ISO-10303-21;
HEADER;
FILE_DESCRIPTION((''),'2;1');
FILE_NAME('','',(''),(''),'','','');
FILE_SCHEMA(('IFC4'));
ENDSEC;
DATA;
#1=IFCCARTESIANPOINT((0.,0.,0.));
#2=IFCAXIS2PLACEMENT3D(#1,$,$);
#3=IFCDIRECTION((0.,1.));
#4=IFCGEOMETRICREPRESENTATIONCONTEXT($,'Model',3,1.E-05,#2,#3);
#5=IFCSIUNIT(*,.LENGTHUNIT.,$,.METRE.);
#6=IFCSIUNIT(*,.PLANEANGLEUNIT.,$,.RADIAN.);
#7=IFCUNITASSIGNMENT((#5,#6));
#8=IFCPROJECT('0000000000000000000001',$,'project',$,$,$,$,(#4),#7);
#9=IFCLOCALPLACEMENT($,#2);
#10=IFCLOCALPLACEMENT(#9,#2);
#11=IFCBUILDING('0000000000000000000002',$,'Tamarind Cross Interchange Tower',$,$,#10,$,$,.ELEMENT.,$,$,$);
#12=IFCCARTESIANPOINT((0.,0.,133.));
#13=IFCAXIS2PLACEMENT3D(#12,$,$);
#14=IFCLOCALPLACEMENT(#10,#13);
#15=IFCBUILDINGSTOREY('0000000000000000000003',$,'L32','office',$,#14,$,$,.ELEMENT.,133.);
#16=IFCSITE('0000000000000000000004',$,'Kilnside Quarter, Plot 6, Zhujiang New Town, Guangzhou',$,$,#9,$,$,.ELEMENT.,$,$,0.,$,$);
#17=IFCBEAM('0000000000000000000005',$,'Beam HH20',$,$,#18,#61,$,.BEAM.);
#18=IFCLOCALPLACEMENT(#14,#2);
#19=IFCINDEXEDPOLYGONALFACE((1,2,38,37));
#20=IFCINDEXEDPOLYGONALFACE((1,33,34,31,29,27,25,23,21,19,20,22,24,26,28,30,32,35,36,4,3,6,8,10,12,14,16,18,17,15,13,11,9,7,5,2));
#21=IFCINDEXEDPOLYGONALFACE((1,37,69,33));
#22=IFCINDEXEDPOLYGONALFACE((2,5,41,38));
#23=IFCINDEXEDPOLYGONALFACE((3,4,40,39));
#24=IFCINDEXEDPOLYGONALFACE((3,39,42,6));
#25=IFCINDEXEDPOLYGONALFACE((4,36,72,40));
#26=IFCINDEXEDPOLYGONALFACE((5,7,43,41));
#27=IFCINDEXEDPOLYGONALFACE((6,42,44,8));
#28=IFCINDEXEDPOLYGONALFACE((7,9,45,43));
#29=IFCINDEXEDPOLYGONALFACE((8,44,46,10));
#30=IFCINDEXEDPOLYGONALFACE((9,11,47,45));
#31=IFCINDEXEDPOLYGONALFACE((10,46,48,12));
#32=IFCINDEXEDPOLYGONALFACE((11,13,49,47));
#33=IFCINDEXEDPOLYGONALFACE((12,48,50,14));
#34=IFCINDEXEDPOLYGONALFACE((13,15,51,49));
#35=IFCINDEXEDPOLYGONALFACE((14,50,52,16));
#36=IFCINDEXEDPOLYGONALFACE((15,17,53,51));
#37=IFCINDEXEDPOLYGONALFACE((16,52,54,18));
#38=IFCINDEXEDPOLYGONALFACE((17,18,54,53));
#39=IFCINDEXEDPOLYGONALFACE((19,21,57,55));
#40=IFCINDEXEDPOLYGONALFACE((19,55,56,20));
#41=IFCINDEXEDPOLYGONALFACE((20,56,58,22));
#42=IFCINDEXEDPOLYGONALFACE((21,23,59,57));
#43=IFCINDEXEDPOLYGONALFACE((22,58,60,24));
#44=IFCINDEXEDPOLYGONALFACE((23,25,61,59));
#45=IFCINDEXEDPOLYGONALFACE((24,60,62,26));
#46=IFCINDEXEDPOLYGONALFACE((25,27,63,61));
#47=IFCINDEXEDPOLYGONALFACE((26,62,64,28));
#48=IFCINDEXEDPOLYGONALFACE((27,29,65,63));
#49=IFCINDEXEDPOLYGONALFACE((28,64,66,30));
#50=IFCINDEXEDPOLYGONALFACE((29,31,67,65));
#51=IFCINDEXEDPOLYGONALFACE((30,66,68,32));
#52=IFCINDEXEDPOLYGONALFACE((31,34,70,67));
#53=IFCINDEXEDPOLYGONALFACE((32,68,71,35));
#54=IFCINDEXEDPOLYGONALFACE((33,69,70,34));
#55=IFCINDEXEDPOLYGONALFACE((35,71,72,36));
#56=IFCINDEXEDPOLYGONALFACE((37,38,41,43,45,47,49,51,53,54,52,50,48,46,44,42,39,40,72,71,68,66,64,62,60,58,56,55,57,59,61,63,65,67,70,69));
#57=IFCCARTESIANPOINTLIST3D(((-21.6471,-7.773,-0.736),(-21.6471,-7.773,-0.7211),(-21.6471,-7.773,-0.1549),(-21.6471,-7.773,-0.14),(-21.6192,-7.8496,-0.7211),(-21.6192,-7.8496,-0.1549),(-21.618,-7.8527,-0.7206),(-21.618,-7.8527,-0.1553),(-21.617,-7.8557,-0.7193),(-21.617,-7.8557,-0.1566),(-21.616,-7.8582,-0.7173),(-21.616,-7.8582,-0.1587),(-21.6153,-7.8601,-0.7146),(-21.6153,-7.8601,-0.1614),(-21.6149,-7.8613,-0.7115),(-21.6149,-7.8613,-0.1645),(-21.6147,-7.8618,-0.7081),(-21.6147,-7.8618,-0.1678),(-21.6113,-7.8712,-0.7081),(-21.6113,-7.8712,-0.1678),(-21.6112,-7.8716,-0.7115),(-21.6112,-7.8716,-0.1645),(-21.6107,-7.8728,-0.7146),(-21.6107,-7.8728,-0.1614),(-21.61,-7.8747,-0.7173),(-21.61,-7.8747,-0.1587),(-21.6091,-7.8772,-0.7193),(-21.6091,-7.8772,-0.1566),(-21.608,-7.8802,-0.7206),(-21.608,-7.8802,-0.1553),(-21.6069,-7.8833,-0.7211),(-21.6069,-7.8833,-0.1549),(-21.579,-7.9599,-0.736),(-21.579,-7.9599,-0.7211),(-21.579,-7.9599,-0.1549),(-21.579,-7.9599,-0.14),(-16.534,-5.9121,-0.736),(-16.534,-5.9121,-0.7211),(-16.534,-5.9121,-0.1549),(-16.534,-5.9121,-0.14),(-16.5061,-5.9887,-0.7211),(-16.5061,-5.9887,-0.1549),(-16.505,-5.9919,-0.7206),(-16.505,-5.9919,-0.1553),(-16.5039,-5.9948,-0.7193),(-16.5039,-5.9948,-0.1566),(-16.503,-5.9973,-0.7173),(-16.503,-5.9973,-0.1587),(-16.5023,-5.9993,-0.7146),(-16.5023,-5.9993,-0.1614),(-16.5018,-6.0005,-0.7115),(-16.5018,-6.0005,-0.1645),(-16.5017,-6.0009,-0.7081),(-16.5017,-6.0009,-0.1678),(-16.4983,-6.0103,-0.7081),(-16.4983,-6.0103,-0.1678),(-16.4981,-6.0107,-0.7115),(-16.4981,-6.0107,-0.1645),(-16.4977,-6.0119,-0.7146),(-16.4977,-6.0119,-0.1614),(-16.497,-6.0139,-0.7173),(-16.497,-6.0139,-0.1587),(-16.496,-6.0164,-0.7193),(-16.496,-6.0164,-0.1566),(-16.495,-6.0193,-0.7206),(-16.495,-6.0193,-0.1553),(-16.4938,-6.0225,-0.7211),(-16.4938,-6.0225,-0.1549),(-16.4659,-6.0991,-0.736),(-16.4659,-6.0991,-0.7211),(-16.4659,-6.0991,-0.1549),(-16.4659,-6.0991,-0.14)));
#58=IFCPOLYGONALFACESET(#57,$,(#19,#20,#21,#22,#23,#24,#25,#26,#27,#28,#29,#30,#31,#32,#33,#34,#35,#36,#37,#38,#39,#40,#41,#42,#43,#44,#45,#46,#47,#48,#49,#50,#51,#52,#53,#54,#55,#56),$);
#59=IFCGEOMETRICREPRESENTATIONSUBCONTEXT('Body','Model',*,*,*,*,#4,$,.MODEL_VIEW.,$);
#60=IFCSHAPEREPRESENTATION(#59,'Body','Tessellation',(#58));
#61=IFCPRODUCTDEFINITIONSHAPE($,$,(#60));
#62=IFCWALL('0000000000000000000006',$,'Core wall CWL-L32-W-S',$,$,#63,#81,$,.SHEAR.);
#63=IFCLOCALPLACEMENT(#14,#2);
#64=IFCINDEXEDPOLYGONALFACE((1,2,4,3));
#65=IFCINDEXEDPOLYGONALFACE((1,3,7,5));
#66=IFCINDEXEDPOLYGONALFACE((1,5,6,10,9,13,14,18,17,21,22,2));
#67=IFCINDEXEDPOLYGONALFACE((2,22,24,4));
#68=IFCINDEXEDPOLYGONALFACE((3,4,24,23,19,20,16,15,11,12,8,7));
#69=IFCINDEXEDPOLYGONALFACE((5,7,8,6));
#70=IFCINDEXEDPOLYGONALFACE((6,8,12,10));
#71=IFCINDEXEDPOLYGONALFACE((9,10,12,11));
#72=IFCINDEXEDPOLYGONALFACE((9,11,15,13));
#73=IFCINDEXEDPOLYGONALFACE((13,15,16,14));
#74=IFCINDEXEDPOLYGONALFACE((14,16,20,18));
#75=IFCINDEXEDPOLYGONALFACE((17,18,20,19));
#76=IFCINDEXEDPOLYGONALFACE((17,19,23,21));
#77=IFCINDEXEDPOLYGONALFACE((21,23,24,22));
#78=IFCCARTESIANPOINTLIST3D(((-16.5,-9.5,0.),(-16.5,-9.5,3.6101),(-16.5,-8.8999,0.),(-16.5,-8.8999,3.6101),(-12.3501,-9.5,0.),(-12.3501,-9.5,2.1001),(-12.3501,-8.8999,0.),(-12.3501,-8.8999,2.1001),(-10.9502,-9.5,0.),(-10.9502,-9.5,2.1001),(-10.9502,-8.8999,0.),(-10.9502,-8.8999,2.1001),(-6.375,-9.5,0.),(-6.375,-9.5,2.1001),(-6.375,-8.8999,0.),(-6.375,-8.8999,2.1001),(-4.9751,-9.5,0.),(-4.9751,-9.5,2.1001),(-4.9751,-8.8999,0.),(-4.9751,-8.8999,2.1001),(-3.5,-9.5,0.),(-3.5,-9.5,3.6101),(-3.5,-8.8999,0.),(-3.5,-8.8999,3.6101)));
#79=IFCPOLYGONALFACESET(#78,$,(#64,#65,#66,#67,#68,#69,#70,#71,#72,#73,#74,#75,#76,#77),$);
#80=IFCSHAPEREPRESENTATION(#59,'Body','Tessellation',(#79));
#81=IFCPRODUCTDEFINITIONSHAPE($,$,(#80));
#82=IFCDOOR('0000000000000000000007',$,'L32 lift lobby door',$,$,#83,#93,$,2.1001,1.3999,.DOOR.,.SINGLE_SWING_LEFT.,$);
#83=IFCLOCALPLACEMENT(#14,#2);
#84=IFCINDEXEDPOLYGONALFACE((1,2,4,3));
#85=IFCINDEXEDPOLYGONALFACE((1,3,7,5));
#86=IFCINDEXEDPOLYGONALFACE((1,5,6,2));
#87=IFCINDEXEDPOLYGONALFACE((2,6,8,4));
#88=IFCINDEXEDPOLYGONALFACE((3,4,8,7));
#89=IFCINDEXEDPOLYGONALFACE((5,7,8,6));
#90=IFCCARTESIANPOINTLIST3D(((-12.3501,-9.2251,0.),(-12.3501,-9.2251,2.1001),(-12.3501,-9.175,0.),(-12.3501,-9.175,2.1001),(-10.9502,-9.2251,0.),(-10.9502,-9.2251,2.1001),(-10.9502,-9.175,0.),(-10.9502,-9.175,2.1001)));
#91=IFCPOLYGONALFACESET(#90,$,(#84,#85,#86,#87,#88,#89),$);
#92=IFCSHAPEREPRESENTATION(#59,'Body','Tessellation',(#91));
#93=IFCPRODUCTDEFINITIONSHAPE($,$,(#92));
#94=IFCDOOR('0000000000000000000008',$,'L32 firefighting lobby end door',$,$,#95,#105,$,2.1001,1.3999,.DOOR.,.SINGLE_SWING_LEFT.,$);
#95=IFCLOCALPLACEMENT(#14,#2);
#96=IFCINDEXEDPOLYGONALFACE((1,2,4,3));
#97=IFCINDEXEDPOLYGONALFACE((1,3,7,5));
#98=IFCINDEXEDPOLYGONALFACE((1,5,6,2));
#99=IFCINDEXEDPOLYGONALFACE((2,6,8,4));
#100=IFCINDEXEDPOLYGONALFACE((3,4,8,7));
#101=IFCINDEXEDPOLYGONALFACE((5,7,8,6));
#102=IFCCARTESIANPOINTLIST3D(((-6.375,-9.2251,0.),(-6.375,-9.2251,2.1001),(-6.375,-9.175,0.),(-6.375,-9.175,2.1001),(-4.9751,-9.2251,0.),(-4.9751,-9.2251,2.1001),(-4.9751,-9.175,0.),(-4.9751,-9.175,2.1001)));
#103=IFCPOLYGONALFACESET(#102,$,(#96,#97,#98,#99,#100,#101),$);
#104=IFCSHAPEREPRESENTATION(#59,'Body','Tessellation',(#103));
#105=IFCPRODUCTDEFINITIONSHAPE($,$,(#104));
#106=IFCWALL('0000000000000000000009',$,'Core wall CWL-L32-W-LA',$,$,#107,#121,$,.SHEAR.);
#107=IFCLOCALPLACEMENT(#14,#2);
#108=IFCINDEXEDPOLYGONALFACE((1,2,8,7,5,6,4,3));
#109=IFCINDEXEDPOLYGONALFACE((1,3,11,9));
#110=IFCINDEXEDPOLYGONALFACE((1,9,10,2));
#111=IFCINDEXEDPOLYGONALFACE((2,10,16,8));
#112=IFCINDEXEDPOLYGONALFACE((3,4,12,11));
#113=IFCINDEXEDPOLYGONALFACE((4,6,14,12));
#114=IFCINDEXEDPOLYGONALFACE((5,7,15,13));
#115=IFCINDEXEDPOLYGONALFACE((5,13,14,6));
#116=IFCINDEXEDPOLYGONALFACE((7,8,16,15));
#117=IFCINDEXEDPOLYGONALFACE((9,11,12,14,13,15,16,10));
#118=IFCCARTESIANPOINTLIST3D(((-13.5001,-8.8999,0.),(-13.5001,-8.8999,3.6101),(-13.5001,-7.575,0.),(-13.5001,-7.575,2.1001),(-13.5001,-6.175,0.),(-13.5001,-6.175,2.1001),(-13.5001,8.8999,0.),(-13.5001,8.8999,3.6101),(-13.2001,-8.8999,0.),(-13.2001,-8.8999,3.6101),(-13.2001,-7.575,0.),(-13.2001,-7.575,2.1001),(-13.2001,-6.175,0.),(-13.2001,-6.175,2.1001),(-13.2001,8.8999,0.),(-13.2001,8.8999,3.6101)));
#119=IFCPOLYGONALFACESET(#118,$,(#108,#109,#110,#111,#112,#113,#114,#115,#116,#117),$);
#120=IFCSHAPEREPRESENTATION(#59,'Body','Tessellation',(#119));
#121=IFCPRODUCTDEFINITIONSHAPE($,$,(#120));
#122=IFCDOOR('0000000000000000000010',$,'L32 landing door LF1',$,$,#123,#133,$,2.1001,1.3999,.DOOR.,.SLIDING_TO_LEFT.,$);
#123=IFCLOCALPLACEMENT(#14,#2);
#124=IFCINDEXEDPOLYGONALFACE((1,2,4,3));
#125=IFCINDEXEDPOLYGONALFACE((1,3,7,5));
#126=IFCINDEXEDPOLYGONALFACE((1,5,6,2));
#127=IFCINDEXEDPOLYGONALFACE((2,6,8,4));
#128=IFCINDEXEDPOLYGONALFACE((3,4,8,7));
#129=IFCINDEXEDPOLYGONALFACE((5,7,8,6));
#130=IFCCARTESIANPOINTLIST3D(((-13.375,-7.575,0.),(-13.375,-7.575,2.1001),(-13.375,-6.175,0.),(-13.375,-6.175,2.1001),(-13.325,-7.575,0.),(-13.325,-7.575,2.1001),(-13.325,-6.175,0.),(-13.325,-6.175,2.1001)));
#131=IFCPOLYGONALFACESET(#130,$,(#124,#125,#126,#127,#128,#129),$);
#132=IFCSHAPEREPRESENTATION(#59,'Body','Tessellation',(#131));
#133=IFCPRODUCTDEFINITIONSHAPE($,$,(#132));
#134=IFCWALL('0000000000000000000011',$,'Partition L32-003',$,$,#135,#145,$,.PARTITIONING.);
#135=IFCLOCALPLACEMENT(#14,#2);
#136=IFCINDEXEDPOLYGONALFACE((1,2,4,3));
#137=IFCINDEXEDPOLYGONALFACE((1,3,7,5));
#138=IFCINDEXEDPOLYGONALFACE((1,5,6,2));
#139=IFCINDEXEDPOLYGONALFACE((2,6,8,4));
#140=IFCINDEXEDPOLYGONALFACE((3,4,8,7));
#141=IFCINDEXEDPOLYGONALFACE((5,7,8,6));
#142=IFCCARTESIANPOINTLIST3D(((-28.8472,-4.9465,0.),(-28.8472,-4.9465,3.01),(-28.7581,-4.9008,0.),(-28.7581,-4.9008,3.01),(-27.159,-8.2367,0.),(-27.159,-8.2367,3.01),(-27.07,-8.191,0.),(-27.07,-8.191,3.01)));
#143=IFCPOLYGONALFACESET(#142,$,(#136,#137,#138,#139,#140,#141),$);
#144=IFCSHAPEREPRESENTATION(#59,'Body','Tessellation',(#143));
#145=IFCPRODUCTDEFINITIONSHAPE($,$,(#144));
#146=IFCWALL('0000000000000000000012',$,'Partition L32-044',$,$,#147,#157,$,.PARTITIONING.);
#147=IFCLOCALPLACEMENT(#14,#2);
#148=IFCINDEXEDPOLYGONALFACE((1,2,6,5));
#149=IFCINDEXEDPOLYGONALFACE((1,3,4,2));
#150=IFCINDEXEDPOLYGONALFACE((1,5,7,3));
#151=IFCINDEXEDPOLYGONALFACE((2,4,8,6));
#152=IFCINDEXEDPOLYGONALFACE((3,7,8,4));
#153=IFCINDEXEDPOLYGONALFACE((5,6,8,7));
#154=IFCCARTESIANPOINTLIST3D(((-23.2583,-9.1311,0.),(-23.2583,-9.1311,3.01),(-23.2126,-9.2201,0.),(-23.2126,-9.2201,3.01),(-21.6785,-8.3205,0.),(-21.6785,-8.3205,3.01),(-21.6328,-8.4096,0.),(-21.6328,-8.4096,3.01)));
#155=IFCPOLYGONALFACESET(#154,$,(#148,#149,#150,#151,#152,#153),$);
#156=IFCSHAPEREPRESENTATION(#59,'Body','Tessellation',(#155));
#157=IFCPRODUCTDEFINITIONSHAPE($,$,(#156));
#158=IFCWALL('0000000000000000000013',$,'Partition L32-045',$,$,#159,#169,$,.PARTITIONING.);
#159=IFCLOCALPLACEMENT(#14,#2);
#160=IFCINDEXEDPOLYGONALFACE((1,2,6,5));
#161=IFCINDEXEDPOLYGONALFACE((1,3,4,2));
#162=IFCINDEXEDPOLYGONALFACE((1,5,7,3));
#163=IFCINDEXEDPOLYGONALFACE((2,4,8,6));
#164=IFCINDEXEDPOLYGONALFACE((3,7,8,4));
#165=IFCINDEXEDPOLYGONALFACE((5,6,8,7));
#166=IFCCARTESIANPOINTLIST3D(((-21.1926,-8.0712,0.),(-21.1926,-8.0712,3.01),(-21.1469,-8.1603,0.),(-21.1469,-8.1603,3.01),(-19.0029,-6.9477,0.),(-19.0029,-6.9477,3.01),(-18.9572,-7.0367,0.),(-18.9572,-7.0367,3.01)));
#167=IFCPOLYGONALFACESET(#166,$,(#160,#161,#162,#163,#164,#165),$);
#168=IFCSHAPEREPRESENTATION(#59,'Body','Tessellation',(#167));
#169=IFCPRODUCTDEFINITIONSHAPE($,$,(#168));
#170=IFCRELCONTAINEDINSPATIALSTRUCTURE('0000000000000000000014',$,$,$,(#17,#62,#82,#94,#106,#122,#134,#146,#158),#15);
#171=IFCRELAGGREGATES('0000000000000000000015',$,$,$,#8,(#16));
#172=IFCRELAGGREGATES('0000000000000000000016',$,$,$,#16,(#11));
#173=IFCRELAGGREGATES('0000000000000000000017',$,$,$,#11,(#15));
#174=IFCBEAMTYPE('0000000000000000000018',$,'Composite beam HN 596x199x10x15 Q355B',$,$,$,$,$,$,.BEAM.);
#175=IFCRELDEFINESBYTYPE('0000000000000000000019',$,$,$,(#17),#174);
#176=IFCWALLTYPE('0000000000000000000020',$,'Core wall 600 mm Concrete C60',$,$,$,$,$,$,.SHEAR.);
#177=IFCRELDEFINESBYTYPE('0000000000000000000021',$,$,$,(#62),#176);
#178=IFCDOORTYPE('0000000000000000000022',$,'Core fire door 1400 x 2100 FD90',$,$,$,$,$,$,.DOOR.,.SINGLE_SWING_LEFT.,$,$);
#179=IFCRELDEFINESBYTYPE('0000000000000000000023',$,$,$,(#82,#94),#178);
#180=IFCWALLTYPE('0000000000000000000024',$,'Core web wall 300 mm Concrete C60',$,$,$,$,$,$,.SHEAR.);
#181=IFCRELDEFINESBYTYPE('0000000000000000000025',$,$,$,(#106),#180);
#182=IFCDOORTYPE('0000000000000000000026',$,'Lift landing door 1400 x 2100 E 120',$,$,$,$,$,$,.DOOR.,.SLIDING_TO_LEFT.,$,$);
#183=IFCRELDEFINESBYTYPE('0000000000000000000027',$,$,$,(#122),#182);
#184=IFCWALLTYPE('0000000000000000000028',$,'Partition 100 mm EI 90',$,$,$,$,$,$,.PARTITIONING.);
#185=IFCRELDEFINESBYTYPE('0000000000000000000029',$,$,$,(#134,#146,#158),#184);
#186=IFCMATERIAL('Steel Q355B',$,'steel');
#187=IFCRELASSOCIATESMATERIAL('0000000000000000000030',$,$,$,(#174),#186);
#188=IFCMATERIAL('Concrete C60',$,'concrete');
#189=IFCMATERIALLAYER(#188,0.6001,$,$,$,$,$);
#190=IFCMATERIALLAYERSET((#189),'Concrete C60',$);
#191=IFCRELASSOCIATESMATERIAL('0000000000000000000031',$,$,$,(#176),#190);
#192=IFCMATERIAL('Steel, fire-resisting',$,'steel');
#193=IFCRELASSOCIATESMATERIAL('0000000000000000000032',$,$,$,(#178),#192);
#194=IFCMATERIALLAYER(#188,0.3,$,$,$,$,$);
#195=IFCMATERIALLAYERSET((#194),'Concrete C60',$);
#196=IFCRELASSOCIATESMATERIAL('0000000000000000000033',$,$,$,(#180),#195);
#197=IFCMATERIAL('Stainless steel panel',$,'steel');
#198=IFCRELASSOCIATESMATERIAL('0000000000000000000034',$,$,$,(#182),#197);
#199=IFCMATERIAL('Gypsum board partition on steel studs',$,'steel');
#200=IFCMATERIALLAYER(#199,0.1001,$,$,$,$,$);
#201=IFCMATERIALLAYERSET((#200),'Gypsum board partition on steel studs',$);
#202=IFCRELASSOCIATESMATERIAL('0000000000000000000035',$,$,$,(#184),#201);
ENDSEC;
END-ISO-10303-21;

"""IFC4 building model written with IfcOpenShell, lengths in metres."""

from ifc_helpers import new_model, si_unit, direction, frame, frame_2d, origin, origin_2d, place, context, subcontext, project, spatial, rectangle, i_section, extrude, material, layer, layer_set, material_profile, profile_set, type_object, element, fill, save


model = new_model("IFC4")

# Units and contexts
model_context = context("Model", 3, precision=1e-05, world=origin(), true_north=direction((0.0, 1.0)))
body_context = subcontext(model_context, "Body", "Model", "MODEL_VIEW")
ifc_project = project(units=[si_unit("LENGTHUNIT", "METRE"), si_unit("PLANEANGLEUNIT", "RADIAN")], contexts=[model_context])

# Site, building, storey
site_placement = place(None, origin())
site = spatial("IfcSite", under=ifc_project, at=site_placement, Name="Kilnside Quarter, Plot 6, Zhujiang New Town, Guangzhou", CompositionType="ELEMENT", RefElevation=0.0)
building_placement = place(site_placement, origin())
building = spatial("IfcBuilding", under=site, at=building_placement, Name="Tamarind Cross Interchange Tower", CompositionType="ELEMENT")
storey_placement = place(building_placement, frame((0.0, 0.0, 133.0)))
storey = spatial("IfcBuildingStorey", under=building, at=storey_placement, Name="L32", Description="office", CompositionType="ELEMENT", Elevation=133.0)

# Shared definitions
ifc_material_1 = material(Name="Concrete C60", Category="concrete")

# Beam
ifc_material_2 = material(Name="Steel Q355B", Category="steel")
ifc_material_profile_1 = material_profile(ifc_material_2, i_section(OverallWidth=0.199, OverallDepth=0.5959, WebThickness=0.01, FlangeThickness=0.0149, FilletRadius=0.0129, at=origin_2d()), Name="HN 596x199x10x15")
ifc_profile_set_1 = profile_set([ifc_material_profile_1], Name="Steel Q355B")
beam_type_1 = type_object("IfcBeamType", Name="Composite beam HN 596x199x10x15 Q355B", PredefinedType="BEAM", material=ifc_profile_set_1)
beam_1_placement = place(storey_placement, frame((-21.613, -7.8665, -0.438), z_axis=(0.939702, 0.341995, 0.0), x_axis=(-0.341995, 0.939702, 0.0)))
element("IfcBeam", 1, at=beam_1_placement, inside=storey, type_object=beam_type_1, Name="Beam HH20", PredefinedType="BEAM", context=body_context, shape_type="SweptSolid", body=[
    extrude(i_section(OverallWidth=0.199, OverallDepth=0.5959, WebThickness=0.01, FlangeThickness=0.0149, FilletRadius=0.0129, at=origin_2d()), origin(), (0.0, 0.0, 1.0), 5.4412),
])

# Wall, openings, doors
ifc_layer_1 = layer(ifc_material_1, 0.6001)
ifc_layer_set_1 = layer_set([ifc_layer_1], Name="Concrete C60")
wall_type_1 = type_object("IfcWallType", Name="Core wall 600 mm Concrete C60", PredefinedType="SHEAR", material=ifc_layer_set_1)
wall_1_placement = place(storey_placement, frame((-16.5, -9.2, 0.0), z_axis=(0.0, 0.0, 1.0), x_axis=(1.0, 0.0, 0.0)))
wall_1 = element("IfcWall", 2, at=wall_1_placement, inside=storey, type_object=wall_type_1, Name="Core wall CWL-L32-W-S", PredefinedType="SHEAR", context=body_context, shape_type="SweptSolid", body=[
    extrude(rectangle(XDim=13.0, YDim=0.6001, at=frame_2d((6.5, 0.0))), origin(), (0.0, 0.0, 1.0), 3.6101),
])
opening_1_placement = place(wall_1_placement, frame((4.1499, 0.0, 0.0)))
opening_1 = element("IfcOpeningElement", 3, at=opening_1_placement, cuts=wall_1, PredefinedType="OPENING", context=body_context, shape_type="SweptSolid", body=[
    extrude(rectangle(XDim=1.3999, YDim=2.1001, at=frame_2d((0.7, 1.05))), frame((0.0, 0.3101, 0.0), z_axis=(0.0, -1.0, 0.0), x_axis=(1.0, 0.0, 0.0)), (0.0, 0.0, 1.0), 0.6201),
])
opening_2_placement = place(wall_1_placement, frame((10.125, 0.0, 0.0)))
opening_2 = element("IfcOpeningElement", 4, at=opening_2_placement, cuts=wall_1, PredefinedType="OPENING", context=body_context, shape_type="SweptSolid", body=[
    extrude(rectangle(XDim=1.3999, YDim=2.1001, at=frame_2d((0.7, 1.05))), frame((0.0, 0.3101, 0.0), z_axis=(0.0, -1.0, 0.0), x_axis=(1.0, 0.0, 0.0)), (0.0, 0.0, 1.0), 0.6201),
])
ifc_material_3 = material(Name="Steel, fire-resisting", Category="steel")
door_type_1 = type_object("IfcDoorType", Name="Core fire door 1400 x 2100 FD90", OperationType="SINGLE_SWING_LEFT", PredefinedType="DOOR", material=ifc_material_3)
door_1_placement = place(opening_1_placement, origin())
door_1 = element("IfcDoor", 5, at=door_1_placement, inside=storey, type_object=door_type_1, Name="L32 lift lobby door", OperationType="SINGLE_SWING_LEFT", OverallHeight=2.1001, OverallWidth=1.3999, PredefinedType="DOOR", context=body_context, shape_type="SweptSolid", body=[
    extrude(rectangle(XDim=1.3999, YDim=2.1001, at=frame_2d((0.7, 1.05))), frame((0.0, 0.0249, 0.0), z_axis=(0.0, -1.0, 0.0), x_axis=(1.0, 0.0, 0.0)), (0.0, 0.0, 1.0), 0.05),
])
fill(opening_1, door_1)
door_2_placement = place(opening_2_placement, origin())
door_2 = element("IfcDoor", 6, at=door_2_placement, inside=storey, type_object=door_type_1, Name="L32 firefighting lobby end door", OperationType="SINGLE_SWING_LEFT", OverallHeight=2.1001, OverallWidth=1.3999, PredefinedType="DOOR", context=body_context, shape_type="SweptSolid", body=[
    extrude(rectangle(XDim=1.3999, YDim=2.1001, at=frame_2d((0.7, 1.05))), frame((0.0, 0.0249, 0.0), z_axis=(0.0, -1.0, 0.0), x_axis=(1.0, 0.0, 0.0)), (0.0, 0.0, 1.0), 0.05),
])
fill(opening_2, door_2)

# Wall, opening, door
ifc_layer_2 = layer(ifc_material_1, 0.3)
ifc_layer_set_2 = layer_set([ifc_layer_2], Name="Concrete C60")
wall_type_2 = type_object("IfcWallType", Name="Core web wall 300 mm Concrete C60", PredefinedType="SHEAR", material=ifc_layer_set_2)
wall_2_placement = place(storey_placement, frame((-13.3501, -8.8999, 0.0), z_axis=(0.0, 0.0, 1.0), x_axis=(0.0, 1.0, 0.0)))
wall_2 = element("IfcWall", 7, at=wall_2_placement, inside=storey, type_object=wall_type_2, Name="Core wall CWL-L32-W-LA", PredefinedType="SHEAR", context=body_context, shape_type="SweptSolid", body=[
    extrude(rectangle(XDim=17.7998, YDim=0.3, at=frame_2d((8.8999, 0.0))), origin(), (0.0, 0.0, 1.0), 3.6101),
])
opening_3_placement = place(wall_2_placement, frame((1.325, 0.0, 0.0)))
opening_3 = element("IfcOpeningElement", 8, at=opening_3_placement, cuts=wall_2, PredefinedType="OPENING", context=body_context, shape_type="SweptSolid", body=[
    extrude(rectangle(XDim=1.3999, YDim=2.1001, at=frame_2d((0.7, 1.05))), frame((0.0, 0.1599, 0.0), z_axis=(0.0, -1.0, 0.0), x_axis=(1.0, 0.0, 0.0)), (0.0, 0.0, 1.0), 0.3201),
])
ifc_material_4 = material(Name="Stainless steel panel", Category="steel")
door_type_2 = type_object("IfcDoorType", Name="Lift landing door 1400 x 2100 E 120", OperationType="SLIDING_TO_LEFT", PredefinedType="DOOR", material=ifc_material_4)
door_3_placement = place(opening_3_placement, origin())
door_3 = element("IfcDoor", 9, at=door_3_placement, inside=storey, type_object=door_type_2, Name="L32 landing door LF1", OperationType="SLIDING_TO_LEFT", OverallHeight=2.1001, OverallWidth=1.3999, PredefinedType="DOOR", context=body_context, shape_type="SweptSolid", body=[
    extrude(rectangle(XDim=1.3999, YDim=2.1001, at=frame_2d((0.7, 1.05))), frame((0.0, 0.0249, 0.0), z_axis=(0.0, -1.0, 0.0), x_axis=(1.0, 0.0, 0.0)), (0.0, 0.0, 1.0), 0.05),
])
fill(opening_3, door_3)

# Walls
ifc_material_5 = material(Name="Gypsum board partition on steel studs", Category="steel")
ifc_layer_3 = layer(ifc_material_5, 0.1001)
ifc_layer_set_3 = layer_set([ifc_layer_3], Name="Gypsum board partition on steel studs")
wall_type_3 = type_object("IfcWallType", Name="Partition 100 mm EI 90", PredefinedType="PARTITIONING", material=ifc_layer_set_3)
wall_3_placement = place(storey_placement, frame((-28.8027, -4.9236, 0.0), z_axis=(0.0, 0.0, 1.0), x_axis=(0.456511, -0.889718, 0.0)))
element("IfcWall", 10, at=wall_3_placement, inside=storey, type_object=wall_type_3, Name="Partition L32-003", PredefinedType="PARTITIONING", context=body_context, shape_type="SweptSolid", body=[
    extrude(rectangle(XDim=3.698, YDim=0.1001, at=frame_2d((1.8491, 0.0))), origin(), (0.0, 0.0, 1.0), 3.01),
])
wall_4_placement = place(storey_placement, frame((-23.2354, -9.1755, 0.0), z_axis=(0.0, 0.0, 1.0), x_axis=(0.889732, 0.456484, 0.0)))
element("IfcWall", 11, at=wall_4_placement, inside=storey, type_object=wall_type_3, Name="Partition L32-044", PredefinedType="PARTITIONING", context=body_context, shape_type="SweptSolid", body=[
    extrude(rectangle(XDim=1.7756, YDim=0.1001, at=frame_2d((0.8877, 0.0))), origin(), (0.0, 0.0, 1.0), 3.01),
])
wall_5_placement = place(storey_placement, frame((-21.1697, -8.1157, 0.0), z_axis=(0.0, 0.0, 1.0), x_axis=(0.889716, 0.456514, 0.0)))
element("IfcWall", 12, at=wall_5_placement, inside=storey, type_object=wall_type_3, Name="Partition L32-045", PredefinedType="PARTITIONING", context=body_context, shape_type="SweptSolid", body=[
    extrude(rectangle(XDim=2.4612, YDim=0.1001, at=frame_2d((1.2305, 0.0))), origin(), (0.0, 0.0, 1.0), 3.01),
])

save(model, "model.ifc")
